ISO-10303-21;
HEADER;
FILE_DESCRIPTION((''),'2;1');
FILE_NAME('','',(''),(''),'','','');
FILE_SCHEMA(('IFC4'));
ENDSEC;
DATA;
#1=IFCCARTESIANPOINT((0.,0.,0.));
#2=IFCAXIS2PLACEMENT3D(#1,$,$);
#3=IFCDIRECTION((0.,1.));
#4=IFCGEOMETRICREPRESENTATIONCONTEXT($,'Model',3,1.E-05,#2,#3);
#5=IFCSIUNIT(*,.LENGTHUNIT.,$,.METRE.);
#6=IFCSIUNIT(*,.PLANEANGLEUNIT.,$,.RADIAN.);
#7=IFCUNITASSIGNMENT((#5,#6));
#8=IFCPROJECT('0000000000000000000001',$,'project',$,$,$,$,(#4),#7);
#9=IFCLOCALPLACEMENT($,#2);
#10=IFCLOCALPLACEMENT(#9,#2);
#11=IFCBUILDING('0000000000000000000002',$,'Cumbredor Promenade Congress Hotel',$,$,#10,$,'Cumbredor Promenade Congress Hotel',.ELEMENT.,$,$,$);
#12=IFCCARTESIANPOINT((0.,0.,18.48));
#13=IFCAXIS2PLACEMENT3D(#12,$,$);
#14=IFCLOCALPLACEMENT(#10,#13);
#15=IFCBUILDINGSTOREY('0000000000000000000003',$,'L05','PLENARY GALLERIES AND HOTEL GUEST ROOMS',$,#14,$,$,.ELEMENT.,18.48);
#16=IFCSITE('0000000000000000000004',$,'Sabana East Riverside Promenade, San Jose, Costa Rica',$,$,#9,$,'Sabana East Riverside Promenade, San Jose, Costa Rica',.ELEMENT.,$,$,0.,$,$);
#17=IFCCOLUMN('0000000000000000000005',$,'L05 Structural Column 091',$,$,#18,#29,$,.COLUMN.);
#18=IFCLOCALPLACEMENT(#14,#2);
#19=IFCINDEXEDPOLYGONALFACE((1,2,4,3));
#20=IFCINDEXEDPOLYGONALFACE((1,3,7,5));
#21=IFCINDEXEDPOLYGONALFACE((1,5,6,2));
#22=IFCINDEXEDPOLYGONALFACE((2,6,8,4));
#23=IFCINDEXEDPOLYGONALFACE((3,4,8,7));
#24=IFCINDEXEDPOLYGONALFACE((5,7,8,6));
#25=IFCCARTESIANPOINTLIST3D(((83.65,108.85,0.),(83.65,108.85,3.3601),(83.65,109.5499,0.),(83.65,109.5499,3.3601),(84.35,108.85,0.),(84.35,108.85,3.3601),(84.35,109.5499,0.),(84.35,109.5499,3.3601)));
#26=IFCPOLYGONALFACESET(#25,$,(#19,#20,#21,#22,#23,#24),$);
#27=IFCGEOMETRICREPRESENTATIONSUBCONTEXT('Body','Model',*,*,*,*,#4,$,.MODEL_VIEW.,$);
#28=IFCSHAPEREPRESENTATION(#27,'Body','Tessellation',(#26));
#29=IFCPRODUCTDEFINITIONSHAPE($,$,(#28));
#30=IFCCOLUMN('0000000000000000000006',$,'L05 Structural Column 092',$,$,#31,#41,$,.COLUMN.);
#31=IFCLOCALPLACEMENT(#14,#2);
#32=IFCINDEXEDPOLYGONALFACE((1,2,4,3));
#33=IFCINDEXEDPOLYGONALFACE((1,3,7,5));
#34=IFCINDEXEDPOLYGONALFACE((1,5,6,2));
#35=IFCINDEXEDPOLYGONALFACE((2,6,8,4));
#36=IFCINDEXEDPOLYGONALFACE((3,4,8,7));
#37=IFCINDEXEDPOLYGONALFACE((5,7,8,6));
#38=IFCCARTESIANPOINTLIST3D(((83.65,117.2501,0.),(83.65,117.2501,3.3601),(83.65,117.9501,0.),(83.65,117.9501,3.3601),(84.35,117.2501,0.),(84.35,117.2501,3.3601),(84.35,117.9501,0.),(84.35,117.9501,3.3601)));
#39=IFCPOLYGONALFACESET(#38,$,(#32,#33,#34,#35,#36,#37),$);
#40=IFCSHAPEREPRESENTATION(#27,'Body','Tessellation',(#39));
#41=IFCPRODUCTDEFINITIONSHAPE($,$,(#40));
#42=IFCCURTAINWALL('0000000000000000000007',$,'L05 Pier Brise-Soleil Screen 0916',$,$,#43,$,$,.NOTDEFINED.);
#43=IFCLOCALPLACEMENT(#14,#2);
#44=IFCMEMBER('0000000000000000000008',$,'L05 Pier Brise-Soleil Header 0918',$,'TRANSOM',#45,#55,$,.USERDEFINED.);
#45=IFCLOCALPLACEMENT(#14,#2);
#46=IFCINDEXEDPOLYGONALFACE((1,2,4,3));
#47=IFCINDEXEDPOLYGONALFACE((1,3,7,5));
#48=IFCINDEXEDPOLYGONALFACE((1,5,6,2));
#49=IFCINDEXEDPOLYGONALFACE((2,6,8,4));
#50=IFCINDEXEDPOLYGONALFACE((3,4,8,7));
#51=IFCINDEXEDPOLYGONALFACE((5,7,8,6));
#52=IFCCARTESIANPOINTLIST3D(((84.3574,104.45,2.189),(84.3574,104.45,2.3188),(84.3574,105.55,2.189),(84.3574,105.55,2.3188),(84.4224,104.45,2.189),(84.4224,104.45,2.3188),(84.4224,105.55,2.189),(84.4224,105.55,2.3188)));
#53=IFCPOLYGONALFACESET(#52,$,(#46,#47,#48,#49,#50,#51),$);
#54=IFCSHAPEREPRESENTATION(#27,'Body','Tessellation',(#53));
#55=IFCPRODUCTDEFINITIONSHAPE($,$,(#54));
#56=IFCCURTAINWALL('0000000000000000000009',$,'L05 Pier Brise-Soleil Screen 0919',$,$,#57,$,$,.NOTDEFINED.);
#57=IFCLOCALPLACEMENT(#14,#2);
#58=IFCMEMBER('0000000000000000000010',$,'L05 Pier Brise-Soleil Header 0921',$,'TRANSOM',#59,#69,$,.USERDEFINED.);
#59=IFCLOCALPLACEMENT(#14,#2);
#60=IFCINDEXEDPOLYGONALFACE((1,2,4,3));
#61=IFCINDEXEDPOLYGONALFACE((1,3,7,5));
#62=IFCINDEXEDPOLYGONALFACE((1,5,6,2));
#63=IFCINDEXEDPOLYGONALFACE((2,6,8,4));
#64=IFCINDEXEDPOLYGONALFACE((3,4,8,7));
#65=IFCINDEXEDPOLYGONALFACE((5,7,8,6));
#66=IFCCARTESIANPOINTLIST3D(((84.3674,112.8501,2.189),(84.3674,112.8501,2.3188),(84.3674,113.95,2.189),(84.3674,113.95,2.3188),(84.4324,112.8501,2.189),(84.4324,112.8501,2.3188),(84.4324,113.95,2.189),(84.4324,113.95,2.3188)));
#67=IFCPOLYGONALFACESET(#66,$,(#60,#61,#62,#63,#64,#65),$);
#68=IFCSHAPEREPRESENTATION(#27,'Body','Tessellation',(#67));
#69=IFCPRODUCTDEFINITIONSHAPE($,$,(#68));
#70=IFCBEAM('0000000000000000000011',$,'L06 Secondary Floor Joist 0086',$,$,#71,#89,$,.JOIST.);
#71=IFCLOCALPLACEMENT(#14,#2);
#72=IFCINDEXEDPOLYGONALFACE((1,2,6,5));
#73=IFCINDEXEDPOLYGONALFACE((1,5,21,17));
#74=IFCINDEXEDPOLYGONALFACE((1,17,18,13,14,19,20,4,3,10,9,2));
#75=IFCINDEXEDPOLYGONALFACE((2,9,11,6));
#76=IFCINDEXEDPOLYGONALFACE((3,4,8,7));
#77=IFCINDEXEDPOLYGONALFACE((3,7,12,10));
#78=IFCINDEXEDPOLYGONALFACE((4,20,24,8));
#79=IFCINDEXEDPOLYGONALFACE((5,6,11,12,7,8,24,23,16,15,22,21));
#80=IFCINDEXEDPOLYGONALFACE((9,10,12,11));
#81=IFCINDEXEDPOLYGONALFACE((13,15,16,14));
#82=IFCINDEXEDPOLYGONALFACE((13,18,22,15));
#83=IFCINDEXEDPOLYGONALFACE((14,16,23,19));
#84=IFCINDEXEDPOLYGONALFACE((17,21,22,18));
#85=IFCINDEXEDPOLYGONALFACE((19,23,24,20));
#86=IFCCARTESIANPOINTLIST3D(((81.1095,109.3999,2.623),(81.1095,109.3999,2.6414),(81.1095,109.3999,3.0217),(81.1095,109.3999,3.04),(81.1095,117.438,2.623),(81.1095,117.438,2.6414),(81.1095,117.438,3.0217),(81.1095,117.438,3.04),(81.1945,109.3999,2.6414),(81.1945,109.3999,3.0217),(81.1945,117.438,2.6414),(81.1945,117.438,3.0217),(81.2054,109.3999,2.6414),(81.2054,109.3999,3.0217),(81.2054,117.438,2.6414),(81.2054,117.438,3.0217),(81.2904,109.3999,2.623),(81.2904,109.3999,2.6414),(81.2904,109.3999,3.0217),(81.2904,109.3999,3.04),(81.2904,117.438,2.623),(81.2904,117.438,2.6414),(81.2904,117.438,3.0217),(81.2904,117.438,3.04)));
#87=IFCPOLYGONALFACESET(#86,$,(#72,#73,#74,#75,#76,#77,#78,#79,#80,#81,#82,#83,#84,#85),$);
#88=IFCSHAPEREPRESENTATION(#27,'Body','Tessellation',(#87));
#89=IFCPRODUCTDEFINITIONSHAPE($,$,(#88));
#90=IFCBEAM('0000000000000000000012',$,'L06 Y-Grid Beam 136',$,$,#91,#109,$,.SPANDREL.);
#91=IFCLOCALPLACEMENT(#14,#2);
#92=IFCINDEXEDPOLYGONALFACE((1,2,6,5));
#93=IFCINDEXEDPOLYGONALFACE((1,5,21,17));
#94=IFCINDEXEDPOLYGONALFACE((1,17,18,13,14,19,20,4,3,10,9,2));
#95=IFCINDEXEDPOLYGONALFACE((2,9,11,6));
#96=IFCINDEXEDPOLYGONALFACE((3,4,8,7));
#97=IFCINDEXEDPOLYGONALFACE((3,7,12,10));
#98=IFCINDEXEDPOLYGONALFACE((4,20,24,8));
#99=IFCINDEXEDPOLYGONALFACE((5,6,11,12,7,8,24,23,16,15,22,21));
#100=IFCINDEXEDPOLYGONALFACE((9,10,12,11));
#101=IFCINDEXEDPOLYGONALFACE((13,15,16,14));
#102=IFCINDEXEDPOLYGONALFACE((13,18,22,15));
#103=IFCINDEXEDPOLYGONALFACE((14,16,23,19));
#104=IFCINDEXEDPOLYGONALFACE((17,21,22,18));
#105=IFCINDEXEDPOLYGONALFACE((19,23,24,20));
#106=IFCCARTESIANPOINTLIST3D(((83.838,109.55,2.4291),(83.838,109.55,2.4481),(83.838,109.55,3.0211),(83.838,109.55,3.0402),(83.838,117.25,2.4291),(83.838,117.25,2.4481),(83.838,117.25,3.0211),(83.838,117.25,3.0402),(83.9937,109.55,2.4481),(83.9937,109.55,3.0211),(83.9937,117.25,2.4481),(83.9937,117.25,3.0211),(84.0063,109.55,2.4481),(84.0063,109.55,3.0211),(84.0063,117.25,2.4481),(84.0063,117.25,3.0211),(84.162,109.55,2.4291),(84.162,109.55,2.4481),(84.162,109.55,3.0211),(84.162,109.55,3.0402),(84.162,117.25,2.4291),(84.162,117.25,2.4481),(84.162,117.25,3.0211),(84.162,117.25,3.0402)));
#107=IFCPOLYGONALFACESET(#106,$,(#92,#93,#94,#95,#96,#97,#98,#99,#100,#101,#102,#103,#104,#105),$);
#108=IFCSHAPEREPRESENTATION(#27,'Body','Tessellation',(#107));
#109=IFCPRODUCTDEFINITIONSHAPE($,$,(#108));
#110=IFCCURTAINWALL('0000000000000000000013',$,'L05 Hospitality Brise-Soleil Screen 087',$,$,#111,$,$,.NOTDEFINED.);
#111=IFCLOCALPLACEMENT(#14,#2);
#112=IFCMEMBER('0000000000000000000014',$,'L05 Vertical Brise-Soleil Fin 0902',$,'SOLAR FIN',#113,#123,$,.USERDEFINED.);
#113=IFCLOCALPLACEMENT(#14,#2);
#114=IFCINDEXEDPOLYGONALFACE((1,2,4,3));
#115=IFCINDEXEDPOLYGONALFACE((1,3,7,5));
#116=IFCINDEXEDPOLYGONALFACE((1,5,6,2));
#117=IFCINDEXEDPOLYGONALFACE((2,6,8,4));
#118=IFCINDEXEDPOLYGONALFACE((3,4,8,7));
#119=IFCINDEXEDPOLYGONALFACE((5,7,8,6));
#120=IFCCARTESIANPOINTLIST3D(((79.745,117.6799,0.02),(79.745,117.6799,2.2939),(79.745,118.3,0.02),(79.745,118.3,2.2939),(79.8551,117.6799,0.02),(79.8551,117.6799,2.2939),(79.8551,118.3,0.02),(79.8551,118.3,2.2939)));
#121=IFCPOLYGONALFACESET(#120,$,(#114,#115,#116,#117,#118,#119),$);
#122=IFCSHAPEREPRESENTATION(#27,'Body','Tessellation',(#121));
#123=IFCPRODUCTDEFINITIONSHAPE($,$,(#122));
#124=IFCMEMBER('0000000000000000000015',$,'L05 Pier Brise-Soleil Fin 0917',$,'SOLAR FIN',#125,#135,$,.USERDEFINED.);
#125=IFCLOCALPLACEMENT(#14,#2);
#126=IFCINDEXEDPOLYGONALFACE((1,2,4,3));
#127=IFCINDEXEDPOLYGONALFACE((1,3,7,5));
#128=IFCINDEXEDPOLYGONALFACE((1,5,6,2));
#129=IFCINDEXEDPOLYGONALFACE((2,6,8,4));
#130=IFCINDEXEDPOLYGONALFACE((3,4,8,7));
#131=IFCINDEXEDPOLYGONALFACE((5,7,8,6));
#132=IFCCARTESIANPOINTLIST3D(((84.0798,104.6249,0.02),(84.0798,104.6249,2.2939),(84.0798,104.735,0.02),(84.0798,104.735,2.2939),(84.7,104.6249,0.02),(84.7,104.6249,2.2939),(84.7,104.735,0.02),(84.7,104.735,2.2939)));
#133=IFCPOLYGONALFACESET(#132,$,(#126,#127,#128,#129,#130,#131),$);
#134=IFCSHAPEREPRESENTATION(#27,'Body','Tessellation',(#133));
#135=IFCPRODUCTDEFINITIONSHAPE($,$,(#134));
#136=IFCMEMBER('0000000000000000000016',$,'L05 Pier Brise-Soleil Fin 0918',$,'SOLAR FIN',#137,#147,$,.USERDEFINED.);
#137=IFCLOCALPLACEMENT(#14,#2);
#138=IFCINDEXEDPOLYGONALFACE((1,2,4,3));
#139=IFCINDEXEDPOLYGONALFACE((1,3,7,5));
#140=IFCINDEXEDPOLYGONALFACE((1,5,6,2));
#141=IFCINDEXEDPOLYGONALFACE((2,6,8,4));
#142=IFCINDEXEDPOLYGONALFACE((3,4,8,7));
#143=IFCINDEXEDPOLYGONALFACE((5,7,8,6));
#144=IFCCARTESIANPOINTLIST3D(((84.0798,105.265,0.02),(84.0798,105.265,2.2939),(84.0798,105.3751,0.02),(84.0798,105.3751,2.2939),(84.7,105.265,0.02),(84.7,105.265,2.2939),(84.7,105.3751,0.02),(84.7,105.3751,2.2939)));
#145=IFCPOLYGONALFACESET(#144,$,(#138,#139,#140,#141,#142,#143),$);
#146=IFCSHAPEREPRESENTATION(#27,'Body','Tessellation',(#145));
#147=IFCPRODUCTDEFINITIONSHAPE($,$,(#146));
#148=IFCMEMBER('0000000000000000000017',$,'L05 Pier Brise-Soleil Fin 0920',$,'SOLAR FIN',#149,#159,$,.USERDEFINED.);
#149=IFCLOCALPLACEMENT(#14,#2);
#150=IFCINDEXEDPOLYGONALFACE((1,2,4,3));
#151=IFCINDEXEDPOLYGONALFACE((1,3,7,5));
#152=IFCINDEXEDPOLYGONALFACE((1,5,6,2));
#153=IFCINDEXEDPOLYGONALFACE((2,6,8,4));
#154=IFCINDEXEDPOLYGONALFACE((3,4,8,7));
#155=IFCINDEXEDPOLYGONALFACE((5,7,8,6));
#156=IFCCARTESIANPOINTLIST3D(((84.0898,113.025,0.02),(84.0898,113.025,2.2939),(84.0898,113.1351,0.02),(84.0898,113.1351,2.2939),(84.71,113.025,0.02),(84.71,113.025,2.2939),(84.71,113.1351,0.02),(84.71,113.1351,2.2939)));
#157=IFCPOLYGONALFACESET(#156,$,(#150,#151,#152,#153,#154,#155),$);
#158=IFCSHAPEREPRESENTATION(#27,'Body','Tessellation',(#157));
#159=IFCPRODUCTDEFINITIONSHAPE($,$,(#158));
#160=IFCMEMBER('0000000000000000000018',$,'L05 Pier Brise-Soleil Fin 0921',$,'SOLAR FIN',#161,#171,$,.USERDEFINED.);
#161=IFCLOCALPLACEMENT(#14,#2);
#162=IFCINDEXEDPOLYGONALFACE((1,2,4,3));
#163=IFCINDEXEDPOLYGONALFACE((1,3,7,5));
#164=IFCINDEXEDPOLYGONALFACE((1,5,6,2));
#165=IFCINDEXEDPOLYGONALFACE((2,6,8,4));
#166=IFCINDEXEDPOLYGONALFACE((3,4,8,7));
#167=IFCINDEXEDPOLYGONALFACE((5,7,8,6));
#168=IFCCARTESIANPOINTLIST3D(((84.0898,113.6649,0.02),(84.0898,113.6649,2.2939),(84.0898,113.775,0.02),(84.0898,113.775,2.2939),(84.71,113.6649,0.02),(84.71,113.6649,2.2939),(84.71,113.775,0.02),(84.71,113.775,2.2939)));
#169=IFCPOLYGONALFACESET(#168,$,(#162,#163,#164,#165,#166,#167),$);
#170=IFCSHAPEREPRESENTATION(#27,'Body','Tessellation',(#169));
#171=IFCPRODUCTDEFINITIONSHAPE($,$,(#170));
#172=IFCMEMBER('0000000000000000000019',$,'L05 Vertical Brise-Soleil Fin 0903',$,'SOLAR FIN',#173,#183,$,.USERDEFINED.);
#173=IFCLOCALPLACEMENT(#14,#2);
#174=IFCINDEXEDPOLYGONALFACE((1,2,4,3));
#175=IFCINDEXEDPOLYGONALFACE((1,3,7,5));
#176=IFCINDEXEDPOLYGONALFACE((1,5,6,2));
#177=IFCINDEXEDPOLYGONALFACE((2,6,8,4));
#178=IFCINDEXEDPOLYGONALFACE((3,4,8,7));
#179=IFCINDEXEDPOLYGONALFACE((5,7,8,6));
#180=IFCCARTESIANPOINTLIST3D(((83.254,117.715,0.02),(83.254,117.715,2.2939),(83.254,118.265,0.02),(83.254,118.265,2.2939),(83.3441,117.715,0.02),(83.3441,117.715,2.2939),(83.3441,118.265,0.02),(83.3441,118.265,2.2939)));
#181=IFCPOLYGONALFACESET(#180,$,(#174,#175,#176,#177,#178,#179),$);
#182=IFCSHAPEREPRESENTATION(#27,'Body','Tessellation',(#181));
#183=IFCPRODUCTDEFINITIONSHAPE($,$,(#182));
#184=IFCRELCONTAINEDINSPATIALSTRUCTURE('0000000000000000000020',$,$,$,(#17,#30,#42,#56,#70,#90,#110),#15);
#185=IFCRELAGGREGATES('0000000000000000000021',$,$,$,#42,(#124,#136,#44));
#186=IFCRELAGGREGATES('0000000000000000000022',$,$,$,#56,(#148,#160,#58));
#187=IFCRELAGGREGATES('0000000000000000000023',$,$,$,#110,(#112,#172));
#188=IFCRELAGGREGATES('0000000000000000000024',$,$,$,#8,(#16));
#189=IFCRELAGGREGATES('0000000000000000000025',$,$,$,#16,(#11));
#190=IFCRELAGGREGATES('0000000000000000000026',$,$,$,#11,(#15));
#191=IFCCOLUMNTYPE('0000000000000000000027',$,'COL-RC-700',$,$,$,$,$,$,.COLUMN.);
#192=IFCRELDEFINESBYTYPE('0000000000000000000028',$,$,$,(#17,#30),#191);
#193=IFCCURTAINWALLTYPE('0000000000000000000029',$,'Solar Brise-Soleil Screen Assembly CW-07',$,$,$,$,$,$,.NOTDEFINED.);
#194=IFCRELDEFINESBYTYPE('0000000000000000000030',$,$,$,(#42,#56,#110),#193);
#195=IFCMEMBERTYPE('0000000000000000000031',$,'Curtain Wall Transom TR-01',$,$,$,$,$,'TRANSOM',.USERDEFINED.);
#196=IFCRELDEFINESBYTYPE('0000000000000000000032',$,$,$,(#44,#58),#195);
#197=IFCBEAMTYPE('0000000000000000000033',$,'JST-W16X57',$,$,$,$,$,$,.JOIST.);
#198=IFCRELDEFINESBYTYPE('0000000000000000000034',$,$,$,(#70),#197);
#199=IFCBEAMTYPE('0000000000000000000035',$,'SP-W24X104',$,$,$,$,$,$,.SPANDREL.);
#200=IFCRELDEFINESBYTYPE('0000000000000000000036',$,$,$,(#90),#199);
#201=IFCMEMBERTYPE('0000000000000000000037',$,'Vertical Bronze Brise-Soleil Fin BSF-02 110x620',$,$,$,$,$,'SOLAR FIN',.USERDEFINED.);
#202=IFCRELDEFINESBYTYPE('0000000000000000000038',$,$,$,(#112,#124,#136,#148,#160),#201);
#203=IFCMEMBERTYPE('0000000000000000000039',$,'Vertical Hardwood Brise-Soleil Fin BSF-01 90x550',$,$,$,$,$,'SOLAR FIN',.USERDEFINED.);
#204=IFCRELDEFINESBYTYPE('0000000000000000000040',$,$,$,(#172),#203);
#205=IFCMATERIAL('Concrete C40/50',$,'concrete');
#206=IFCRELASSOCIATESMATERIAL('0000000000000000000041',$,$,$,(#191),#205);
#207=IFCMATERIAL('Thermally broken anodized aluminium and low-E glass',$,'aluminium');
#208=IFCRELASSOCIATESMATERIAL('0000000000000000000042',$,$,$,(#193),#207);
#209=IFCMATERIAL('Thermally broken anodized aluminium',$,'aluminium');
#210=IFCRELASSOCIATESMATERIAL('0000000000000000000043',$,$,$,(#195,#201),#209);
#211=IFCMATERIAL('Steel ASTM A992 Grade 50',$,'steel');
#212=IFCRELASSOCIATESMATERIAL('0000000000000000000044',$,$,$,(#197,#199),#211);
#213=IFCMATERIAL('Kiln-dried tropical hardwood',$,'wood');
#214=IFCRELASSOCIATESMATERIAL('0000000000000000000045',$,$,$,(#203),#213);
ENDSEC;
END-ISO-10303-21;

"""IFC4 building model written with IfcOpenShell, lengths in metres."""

from ifc_helpers import new_model, si_unit, direction, frame, origin, origin_2d, place, context, subcontext, project, spatial, rectangle, i_section, extrude, material, material_profile, profile_set, type_object, element, aggregate, save


model = new_model("IFC4")

# Units and contexts
model_context = context("Model", 3, precision=1e-05, world=origin(), true_north=direction((0.0, 1.0)))
body_context = subcontext(model_context, "Body", "Model", "MODEL_VIEW")
ifc_project = project(units=[si_unit("LENGTHUNIT", "METRE"), si_unit("PLANEANGLEUNIT", "RADIAN")], contexts=[model_context])

# Site, building, storey
site_placement = place(None, origin())
site = spatial("IfcSite", under=ifc_project, at=site_placement, Name="Sabana East Riverside Promenade, San Jose, Costa Rica", LongName="Sabana East Riverside Promenade, San Jose, Costa Rica", CompositionType="ELEMENT", RefElevation=0.0)
building_placement = place(site_placement, origin())
building = spatial("IfcBuilding", under=site, at=building_placement, Name="Cumbredor Promenade Congress Hotel", LongName="Cumbredor Promenade Congress Hotel", CompositionType="ELEMENT")
storey_placement = place(building_placement, frame((0.0, 0.0, 18.48)))
storey = spatial("IfcBuildingStorey", under=building, at=storey_placement, Name="L05", Description="PLENARY GALLERIES AND HOTEL GUEST ROOMS", CompositionType="ELEMENT", Elevation=18.48)

# Columns
ifc_material_1 = material(Name="Concrete C40/50", Category="concrete")
ifc_material_profile_1 = material_profile(ifc_material_1, rectangle(XDim=0.7, YDim=0.7, at=origin_2d()), Name="RC 700x700")
ifc_profile_set_1 = profile_set([ifc_material_profile_1], Name="Concrete C40/50")
column_type = type_object("IfcColumnType", Name="COL-RC-700", PredefinedType="COLUMN", material=ifc_profile_set_1)
for number, where, z_axis, x_axis, name in (
    (1, (84.0, 109.2, 0.0), (0.0, 0.0, 1.0), (1.0, 0.0, 0.0), "L05 Structural Column 091"),
    (2, (84.0, 117.6001, 0.0), (0.0, 0.0, 1.0), (1.0, 0.0, 0.0), "L05 Structural Column 092"),
):
    element("IfcColumn", number, at=place(storey_placement, frame(where, z_axis=z_axis, x_axis=x_axis)), inside=storey, type_object=column_type, Name=name, PredefinedType="COLUMN", context=body_context, shape_type="SweptSolid", body=[
        extrude(rectangle(XDim=0.7, YDim=0.7, at=origin_2d()), origin(), (0.0, 0.0, 1.0), 3.3601),
    ])

# Curtain walls, members
ifc_material_2 = material(Name="Thermally broken anodized aluminium and low-E glass", Category="aluminium")
curtain_wall_type = type_object("IfcCurtainWallType", Name="Solar Brise-Soleil Screen Assembly CW-07", PredefinedType="NOTDEFINED", material=ifc_material_2)
curtain_wall_1_placement = place(storey_placement, origin())
curtain_wall_1 = element("IfcCurtainWall", 3, at=curtain_wall_1_placement, inside=storey, type_object=curtain_wall_type, Name="L05 Pier Brise-Soleil Screen 0916", PredefinedType="NOTDEFINED")
ifc_material_3 = material(Name="Thermally broken anodized aluminium", Category="aluminium")
ifc_material_profile_2 = material_profile(ifc_material_3, rectangle(XDim=0.0649, YDim=0.1299, at=origin_2d()), Name="ALU TRANSOM 65x130")
ifc_profile_set_2 = profile_set([ifc_material_profile_2], Name="Thermally broken anodized aluminium")
member_type_1 = type_object("IfcMemberType", Name="Curtain Wall Transom TR-01", ElementType="TRANSOM", PredefinedType="USERDEFINED", material=ifc_profile_set_2)
member_1_placement = place(storey_placement, frame((84.3899, 104.45, 2.2539), z_axis=(0.0, 1.0, 0.0), x_axis=(-1.0, 0.0, 0.0)))
member_1 = element("IfcMember", 4, at=member_1_placement, type_object=member_type_1, Name="L05 Pier Brise-Soleil Header 0918", ObjectType="TRANSOM", PredefinedType="USERDEFINED", context=body_context, shape_type="SweptSolid", body=[
    extrude(rectangle(XDim=0.0649, YDim=0.1299, at=origin_2d()), origin(), (0.0, 0.0, 1.0), 1.1001),
])
curtain_wall_2_placement = place(storey_placement, origin())
curtain_wall_2 = element("IfcCurtainWall", 5, at=curtain_wall_2_placement, inside=storey, type_object=curtain_wall_type, Name="L05 Pier Brise-Soleil Screen 0919", PredefinedType="NOTDEFINED")
member_2_placement = place(storey_placement, frame((84.3999, 112.8501, 2.2539), z_axis=(0.0, 1.0, 0.0), x_axis=(-1.0, 0.0, 0.0)))
member_2 = element("IfcMember", 6, at=member_2_placement, type_object=member_type_1, Name="L05 Pier Brise-Soleil Header 0921", ObjectType="TRANSOM", PredefinedType="USERDEFINED", context=body_context, shape_type="SweptSolid", body=[
    extrude(rectangle(XDim=0.0649, YDim=0.1299, at=origin_2d()), origin(), (0.0, 0.0, 1.0), 1.0999),
])

# Beams
ifc_material_4 = material(Name="Steel ASTM A992 Grade 50", Category="steel")
ifc_material_profile_3 = material_profile(ifc_material_4, i_section(OverallWidth=0.1809, OverallDepth=0.417, WebThickness=0.011, FlangeThickness=0.0183, at=origin_2d()), Name="W16X57")
ifc_profile_set_3 = profile_set([ifc_material_profile_3], Name="Steel ASTM A992 Grade 50")
beam_type_1 = type_object("IfcBeamType", Name="JST-W16X57", PredefinedType="JOIST", material=ifc_profile_set_3)
beam_1_placement = place(storey_placement, frame((81.2, 109.3999, 2.8315), z_axis=(0.0, 1.0, 0.0), x_axis=(-1.0, 0.0, 0.0)))
element("IfcBeam", 7, at=beam_1_placement, inside=storey, type_object=beam_type_1, Name="L06 Secondary Floor Joist 0086", PredefinedType="JOIST", context=body_context, shape_type="SweptSolid", body=[
    extrude(i_section(OverallWidth=0.1809, OverallDepth=0.417, WebThickness=0.011, FlangeThickness=0.0183, at=origin_2d()), origin(), (0.0, 0.0, 1.0), 8.0381),
])
ifc_material_profile_4 = material_profile(ifc_material_4, i_section(OverallWidth=0.324, OverallDepth=0.6111, WebThickness=0.0127, FlangeThickness=0.019, at=origin_2d()), Name="W24X104")
ifc_profile_set_4 = profile_set([ifc_material_profile_4], Name="Steel ASTM A992 Grade 50")
beam_type_2 = type_object("IfcBeamType", Name="SP-W24X104", PredefinedType="SPANDREL", material=ifc_profile_set_4)
beam_2_placement = place(storey_placement, frame((84.0, 109.55, 2.7346), z_axis=(0.0, 1.0, 0.0), x_axis=(-1.0, 0.0, 0.0)))
element("IfcBeam", 8, at=beam_2_placement, inside=storey, type_object=beam_type_2, Name="L06 Y-Grid Beam 136", PredefinedType="SPANDREL", context=body_context, shape_type="SweptSolid", body=[
    extrude(i_section(OverallWidth=0.324, OverallDepth=0.6111, WebThickness=0.0127, FlangeThickness=0.019, at=origin_2d()), origin(), (0.0, 0.0, 1.0), 7.7),
])

# Curtain wall, member
curtain_wall_3_placement = place(storey_placement, origin())
curtain_wall_3 = element("IfcCurtainWall", 9, at=curtain_wall_3_placement, inside=storey, type_object=curtain_wall_type, Name="L05 Hospitality Brise-Soleil Screen 087", PredefinedType="NOTDEFINED")
ifc_material_profile_5 = material_profile(ifc_material_3, rectangle(XDim=0.1101, YDim=0.6201, at=origin_2d()), Name="ARCH FIN 110x620")
ifc_profile_set_5 = profile_set([ifc_material_profile_5], Name="Thermally broken anodized aluminium")
member_type_2 = type_object("IfcMemberType", Name="Vertical Bronze Brise-Soleil Fin BSF-02 110x620", ElementType="SOLAR FIN", PredefinedType="USERDEFINED", material=ifc_profile_set_5)
member_3_placement = place(storey_placement, frame((79.8, 117.99, 0.02), z_axis=(0.0, 0.0, 1.0), x_axis=(1.0, 0.0, 0.0)))
member_3 = element("IfcMember", 10, at=member_3_placement, type_object=member_type_2, Name="L05 Vertical Brise-Soleil Fin 0902", ObjectType="SOLAR FIN", PredefinedType="USERDEFINED", context=body_context, shape_type="SweptSolid", body=[
    extrude(rectangle(XDim=0.1101, YDim=0.6201, at=origin_2d()), origin(), (0.0, 0.0, 1.0), 2.2739),
])

# Members
member_4_placement = place(storey_placement, frame((84.3899, 104.6799, 0.02), z_axis=(0.0, 0.0, 1.0), x_axis=(0.0, 1.0, 0.0)))
member_4 = element("IfcMember", 11, at=member_4_placement, type_object=member_type_2, Name="L05 Pier Brise-Soleil Fin 0917", ObjectType="SOLAR FIN", PredefinedType="USERDEFINED", context=body_context, shape_type="SweptSolid", body=[
    extrude(rectangle(XDim=0.1101, YDim=0.6201, at=origin_2d()), origin(), (0.0, 0.0, 1.0), 2.2739),
])
member_5_placement = place(storey_placement, frame((84.3899, 105.3201, 0.02), z_axis=(0.0, 0.0, 1.0), x_axis=(0.0, 1.0, 0.0)))
member_5 = element("IfcMember", 12, at=member_5_placement, type_object=member_type_2, Name="L05 Pier Brise-Soleil Fin 0918", ObjectType="SOLAR FIN", PredefinedType="USERDEFINED", context=body_context, shape_type="SweptSolid", body=[
    extrude(rectangle(XDim=0.1101, YDim=0.6201, at=origin_2d()), origin(), (0.0, 0.0, 1.0), 2.2739),
])
aggregate(curtain_wall_1, [member_4, member_5, member_1])
member_6_placement = place(storey_placement, frame((84.3999, 113.0801, 0.02), z_axis=(0.0, 0.0, 1.0), x_axis=(0.0, 1.0, 0.0)))
member_6 = element("IfcMember", 13, at=member_6_placement, type_object=member_type_2, Name="L05 Pier Brise-Soleil Fin 0920", ObjectType="SOLAR FIN", PredefinedType="USERDEFINED", context=body_context, shape_type="SweptSolid", body=[
    extrude(rectangle(XDim=0.1101, YDim=0.6201, at=origin_2d()), origin(), (0.0, 0.0, 1.0), 2.2739),
])
member_7_placement = place(storey_placement, frame((84.3999, 113.72, 0.02), z_axis=(0.0, 0.0, 1.0), x_axis=(0.0, 1.0, 0.0)))
member_7 = element("IfcMember", 14, at=member_7_placement, type_object=member_type_2, Name="L05 Pier Brise-Soleil Fin 0921", ObjectType="SOLAR FIN", PredefinedType="USERDEFINED", context=body_context, shape_type="SweptSolid", body=[
    extrude(rectangle(XDim=0.1101, YDim=0.6201, at=origin_2d()), origin(), (0.0, 0.0, 1.0), 2.2739),
])
aggregate(curtain_wall_2, [member_6, member_7, member_2])
ifc_material_5 = material(Name="Kiln-dried tropical hardwood", Category="wood")
ifc_material_profile_6 = material_profile(ifc_material_5, rectangle(XDim=0.0901, YDim=0.55, at=origin_2d()), Name="ARCH FIN 90x550")
ifc_profile_set_6 = profile_set([ifc_material_profile_6], Name="Kiln-dried tropical hardwood")
member_type_3 = type_object("IfcMemberType", Name="Vertical Hardwood Brise-Soleil Fin BSF-01 90x550", ElementType="SOLAR FIN", PredefinedType="USERDEFINED", material=ifc_profile_set_6)
member_8_placement = place(storey_placement, frame((83.2991, 117.99, 0.02), z_axis=(0.0, 0.0, 1.0), x_axis=(1.0, 0.0, 0.0)))
member_8 = element("IfcMember", 15, at=member_8_placement, type_object=member_type_3, Name="L05 Vertical Brise-Soleil Fin 0903", ObjectType="SOLAR FIN", PredefinedType="USERDEFINED", context=body_context, shape_type="SweptSolid", body=[
    extrude(rectangle(XDim=0.0901, YDim=0.55, at=origin_2d()), origin(), (0.0, 0.0, 1.0), 2.2739),
])

aggregate(curtain_wall_3, [member_3, member_8])

save(model, "model.ifc")
